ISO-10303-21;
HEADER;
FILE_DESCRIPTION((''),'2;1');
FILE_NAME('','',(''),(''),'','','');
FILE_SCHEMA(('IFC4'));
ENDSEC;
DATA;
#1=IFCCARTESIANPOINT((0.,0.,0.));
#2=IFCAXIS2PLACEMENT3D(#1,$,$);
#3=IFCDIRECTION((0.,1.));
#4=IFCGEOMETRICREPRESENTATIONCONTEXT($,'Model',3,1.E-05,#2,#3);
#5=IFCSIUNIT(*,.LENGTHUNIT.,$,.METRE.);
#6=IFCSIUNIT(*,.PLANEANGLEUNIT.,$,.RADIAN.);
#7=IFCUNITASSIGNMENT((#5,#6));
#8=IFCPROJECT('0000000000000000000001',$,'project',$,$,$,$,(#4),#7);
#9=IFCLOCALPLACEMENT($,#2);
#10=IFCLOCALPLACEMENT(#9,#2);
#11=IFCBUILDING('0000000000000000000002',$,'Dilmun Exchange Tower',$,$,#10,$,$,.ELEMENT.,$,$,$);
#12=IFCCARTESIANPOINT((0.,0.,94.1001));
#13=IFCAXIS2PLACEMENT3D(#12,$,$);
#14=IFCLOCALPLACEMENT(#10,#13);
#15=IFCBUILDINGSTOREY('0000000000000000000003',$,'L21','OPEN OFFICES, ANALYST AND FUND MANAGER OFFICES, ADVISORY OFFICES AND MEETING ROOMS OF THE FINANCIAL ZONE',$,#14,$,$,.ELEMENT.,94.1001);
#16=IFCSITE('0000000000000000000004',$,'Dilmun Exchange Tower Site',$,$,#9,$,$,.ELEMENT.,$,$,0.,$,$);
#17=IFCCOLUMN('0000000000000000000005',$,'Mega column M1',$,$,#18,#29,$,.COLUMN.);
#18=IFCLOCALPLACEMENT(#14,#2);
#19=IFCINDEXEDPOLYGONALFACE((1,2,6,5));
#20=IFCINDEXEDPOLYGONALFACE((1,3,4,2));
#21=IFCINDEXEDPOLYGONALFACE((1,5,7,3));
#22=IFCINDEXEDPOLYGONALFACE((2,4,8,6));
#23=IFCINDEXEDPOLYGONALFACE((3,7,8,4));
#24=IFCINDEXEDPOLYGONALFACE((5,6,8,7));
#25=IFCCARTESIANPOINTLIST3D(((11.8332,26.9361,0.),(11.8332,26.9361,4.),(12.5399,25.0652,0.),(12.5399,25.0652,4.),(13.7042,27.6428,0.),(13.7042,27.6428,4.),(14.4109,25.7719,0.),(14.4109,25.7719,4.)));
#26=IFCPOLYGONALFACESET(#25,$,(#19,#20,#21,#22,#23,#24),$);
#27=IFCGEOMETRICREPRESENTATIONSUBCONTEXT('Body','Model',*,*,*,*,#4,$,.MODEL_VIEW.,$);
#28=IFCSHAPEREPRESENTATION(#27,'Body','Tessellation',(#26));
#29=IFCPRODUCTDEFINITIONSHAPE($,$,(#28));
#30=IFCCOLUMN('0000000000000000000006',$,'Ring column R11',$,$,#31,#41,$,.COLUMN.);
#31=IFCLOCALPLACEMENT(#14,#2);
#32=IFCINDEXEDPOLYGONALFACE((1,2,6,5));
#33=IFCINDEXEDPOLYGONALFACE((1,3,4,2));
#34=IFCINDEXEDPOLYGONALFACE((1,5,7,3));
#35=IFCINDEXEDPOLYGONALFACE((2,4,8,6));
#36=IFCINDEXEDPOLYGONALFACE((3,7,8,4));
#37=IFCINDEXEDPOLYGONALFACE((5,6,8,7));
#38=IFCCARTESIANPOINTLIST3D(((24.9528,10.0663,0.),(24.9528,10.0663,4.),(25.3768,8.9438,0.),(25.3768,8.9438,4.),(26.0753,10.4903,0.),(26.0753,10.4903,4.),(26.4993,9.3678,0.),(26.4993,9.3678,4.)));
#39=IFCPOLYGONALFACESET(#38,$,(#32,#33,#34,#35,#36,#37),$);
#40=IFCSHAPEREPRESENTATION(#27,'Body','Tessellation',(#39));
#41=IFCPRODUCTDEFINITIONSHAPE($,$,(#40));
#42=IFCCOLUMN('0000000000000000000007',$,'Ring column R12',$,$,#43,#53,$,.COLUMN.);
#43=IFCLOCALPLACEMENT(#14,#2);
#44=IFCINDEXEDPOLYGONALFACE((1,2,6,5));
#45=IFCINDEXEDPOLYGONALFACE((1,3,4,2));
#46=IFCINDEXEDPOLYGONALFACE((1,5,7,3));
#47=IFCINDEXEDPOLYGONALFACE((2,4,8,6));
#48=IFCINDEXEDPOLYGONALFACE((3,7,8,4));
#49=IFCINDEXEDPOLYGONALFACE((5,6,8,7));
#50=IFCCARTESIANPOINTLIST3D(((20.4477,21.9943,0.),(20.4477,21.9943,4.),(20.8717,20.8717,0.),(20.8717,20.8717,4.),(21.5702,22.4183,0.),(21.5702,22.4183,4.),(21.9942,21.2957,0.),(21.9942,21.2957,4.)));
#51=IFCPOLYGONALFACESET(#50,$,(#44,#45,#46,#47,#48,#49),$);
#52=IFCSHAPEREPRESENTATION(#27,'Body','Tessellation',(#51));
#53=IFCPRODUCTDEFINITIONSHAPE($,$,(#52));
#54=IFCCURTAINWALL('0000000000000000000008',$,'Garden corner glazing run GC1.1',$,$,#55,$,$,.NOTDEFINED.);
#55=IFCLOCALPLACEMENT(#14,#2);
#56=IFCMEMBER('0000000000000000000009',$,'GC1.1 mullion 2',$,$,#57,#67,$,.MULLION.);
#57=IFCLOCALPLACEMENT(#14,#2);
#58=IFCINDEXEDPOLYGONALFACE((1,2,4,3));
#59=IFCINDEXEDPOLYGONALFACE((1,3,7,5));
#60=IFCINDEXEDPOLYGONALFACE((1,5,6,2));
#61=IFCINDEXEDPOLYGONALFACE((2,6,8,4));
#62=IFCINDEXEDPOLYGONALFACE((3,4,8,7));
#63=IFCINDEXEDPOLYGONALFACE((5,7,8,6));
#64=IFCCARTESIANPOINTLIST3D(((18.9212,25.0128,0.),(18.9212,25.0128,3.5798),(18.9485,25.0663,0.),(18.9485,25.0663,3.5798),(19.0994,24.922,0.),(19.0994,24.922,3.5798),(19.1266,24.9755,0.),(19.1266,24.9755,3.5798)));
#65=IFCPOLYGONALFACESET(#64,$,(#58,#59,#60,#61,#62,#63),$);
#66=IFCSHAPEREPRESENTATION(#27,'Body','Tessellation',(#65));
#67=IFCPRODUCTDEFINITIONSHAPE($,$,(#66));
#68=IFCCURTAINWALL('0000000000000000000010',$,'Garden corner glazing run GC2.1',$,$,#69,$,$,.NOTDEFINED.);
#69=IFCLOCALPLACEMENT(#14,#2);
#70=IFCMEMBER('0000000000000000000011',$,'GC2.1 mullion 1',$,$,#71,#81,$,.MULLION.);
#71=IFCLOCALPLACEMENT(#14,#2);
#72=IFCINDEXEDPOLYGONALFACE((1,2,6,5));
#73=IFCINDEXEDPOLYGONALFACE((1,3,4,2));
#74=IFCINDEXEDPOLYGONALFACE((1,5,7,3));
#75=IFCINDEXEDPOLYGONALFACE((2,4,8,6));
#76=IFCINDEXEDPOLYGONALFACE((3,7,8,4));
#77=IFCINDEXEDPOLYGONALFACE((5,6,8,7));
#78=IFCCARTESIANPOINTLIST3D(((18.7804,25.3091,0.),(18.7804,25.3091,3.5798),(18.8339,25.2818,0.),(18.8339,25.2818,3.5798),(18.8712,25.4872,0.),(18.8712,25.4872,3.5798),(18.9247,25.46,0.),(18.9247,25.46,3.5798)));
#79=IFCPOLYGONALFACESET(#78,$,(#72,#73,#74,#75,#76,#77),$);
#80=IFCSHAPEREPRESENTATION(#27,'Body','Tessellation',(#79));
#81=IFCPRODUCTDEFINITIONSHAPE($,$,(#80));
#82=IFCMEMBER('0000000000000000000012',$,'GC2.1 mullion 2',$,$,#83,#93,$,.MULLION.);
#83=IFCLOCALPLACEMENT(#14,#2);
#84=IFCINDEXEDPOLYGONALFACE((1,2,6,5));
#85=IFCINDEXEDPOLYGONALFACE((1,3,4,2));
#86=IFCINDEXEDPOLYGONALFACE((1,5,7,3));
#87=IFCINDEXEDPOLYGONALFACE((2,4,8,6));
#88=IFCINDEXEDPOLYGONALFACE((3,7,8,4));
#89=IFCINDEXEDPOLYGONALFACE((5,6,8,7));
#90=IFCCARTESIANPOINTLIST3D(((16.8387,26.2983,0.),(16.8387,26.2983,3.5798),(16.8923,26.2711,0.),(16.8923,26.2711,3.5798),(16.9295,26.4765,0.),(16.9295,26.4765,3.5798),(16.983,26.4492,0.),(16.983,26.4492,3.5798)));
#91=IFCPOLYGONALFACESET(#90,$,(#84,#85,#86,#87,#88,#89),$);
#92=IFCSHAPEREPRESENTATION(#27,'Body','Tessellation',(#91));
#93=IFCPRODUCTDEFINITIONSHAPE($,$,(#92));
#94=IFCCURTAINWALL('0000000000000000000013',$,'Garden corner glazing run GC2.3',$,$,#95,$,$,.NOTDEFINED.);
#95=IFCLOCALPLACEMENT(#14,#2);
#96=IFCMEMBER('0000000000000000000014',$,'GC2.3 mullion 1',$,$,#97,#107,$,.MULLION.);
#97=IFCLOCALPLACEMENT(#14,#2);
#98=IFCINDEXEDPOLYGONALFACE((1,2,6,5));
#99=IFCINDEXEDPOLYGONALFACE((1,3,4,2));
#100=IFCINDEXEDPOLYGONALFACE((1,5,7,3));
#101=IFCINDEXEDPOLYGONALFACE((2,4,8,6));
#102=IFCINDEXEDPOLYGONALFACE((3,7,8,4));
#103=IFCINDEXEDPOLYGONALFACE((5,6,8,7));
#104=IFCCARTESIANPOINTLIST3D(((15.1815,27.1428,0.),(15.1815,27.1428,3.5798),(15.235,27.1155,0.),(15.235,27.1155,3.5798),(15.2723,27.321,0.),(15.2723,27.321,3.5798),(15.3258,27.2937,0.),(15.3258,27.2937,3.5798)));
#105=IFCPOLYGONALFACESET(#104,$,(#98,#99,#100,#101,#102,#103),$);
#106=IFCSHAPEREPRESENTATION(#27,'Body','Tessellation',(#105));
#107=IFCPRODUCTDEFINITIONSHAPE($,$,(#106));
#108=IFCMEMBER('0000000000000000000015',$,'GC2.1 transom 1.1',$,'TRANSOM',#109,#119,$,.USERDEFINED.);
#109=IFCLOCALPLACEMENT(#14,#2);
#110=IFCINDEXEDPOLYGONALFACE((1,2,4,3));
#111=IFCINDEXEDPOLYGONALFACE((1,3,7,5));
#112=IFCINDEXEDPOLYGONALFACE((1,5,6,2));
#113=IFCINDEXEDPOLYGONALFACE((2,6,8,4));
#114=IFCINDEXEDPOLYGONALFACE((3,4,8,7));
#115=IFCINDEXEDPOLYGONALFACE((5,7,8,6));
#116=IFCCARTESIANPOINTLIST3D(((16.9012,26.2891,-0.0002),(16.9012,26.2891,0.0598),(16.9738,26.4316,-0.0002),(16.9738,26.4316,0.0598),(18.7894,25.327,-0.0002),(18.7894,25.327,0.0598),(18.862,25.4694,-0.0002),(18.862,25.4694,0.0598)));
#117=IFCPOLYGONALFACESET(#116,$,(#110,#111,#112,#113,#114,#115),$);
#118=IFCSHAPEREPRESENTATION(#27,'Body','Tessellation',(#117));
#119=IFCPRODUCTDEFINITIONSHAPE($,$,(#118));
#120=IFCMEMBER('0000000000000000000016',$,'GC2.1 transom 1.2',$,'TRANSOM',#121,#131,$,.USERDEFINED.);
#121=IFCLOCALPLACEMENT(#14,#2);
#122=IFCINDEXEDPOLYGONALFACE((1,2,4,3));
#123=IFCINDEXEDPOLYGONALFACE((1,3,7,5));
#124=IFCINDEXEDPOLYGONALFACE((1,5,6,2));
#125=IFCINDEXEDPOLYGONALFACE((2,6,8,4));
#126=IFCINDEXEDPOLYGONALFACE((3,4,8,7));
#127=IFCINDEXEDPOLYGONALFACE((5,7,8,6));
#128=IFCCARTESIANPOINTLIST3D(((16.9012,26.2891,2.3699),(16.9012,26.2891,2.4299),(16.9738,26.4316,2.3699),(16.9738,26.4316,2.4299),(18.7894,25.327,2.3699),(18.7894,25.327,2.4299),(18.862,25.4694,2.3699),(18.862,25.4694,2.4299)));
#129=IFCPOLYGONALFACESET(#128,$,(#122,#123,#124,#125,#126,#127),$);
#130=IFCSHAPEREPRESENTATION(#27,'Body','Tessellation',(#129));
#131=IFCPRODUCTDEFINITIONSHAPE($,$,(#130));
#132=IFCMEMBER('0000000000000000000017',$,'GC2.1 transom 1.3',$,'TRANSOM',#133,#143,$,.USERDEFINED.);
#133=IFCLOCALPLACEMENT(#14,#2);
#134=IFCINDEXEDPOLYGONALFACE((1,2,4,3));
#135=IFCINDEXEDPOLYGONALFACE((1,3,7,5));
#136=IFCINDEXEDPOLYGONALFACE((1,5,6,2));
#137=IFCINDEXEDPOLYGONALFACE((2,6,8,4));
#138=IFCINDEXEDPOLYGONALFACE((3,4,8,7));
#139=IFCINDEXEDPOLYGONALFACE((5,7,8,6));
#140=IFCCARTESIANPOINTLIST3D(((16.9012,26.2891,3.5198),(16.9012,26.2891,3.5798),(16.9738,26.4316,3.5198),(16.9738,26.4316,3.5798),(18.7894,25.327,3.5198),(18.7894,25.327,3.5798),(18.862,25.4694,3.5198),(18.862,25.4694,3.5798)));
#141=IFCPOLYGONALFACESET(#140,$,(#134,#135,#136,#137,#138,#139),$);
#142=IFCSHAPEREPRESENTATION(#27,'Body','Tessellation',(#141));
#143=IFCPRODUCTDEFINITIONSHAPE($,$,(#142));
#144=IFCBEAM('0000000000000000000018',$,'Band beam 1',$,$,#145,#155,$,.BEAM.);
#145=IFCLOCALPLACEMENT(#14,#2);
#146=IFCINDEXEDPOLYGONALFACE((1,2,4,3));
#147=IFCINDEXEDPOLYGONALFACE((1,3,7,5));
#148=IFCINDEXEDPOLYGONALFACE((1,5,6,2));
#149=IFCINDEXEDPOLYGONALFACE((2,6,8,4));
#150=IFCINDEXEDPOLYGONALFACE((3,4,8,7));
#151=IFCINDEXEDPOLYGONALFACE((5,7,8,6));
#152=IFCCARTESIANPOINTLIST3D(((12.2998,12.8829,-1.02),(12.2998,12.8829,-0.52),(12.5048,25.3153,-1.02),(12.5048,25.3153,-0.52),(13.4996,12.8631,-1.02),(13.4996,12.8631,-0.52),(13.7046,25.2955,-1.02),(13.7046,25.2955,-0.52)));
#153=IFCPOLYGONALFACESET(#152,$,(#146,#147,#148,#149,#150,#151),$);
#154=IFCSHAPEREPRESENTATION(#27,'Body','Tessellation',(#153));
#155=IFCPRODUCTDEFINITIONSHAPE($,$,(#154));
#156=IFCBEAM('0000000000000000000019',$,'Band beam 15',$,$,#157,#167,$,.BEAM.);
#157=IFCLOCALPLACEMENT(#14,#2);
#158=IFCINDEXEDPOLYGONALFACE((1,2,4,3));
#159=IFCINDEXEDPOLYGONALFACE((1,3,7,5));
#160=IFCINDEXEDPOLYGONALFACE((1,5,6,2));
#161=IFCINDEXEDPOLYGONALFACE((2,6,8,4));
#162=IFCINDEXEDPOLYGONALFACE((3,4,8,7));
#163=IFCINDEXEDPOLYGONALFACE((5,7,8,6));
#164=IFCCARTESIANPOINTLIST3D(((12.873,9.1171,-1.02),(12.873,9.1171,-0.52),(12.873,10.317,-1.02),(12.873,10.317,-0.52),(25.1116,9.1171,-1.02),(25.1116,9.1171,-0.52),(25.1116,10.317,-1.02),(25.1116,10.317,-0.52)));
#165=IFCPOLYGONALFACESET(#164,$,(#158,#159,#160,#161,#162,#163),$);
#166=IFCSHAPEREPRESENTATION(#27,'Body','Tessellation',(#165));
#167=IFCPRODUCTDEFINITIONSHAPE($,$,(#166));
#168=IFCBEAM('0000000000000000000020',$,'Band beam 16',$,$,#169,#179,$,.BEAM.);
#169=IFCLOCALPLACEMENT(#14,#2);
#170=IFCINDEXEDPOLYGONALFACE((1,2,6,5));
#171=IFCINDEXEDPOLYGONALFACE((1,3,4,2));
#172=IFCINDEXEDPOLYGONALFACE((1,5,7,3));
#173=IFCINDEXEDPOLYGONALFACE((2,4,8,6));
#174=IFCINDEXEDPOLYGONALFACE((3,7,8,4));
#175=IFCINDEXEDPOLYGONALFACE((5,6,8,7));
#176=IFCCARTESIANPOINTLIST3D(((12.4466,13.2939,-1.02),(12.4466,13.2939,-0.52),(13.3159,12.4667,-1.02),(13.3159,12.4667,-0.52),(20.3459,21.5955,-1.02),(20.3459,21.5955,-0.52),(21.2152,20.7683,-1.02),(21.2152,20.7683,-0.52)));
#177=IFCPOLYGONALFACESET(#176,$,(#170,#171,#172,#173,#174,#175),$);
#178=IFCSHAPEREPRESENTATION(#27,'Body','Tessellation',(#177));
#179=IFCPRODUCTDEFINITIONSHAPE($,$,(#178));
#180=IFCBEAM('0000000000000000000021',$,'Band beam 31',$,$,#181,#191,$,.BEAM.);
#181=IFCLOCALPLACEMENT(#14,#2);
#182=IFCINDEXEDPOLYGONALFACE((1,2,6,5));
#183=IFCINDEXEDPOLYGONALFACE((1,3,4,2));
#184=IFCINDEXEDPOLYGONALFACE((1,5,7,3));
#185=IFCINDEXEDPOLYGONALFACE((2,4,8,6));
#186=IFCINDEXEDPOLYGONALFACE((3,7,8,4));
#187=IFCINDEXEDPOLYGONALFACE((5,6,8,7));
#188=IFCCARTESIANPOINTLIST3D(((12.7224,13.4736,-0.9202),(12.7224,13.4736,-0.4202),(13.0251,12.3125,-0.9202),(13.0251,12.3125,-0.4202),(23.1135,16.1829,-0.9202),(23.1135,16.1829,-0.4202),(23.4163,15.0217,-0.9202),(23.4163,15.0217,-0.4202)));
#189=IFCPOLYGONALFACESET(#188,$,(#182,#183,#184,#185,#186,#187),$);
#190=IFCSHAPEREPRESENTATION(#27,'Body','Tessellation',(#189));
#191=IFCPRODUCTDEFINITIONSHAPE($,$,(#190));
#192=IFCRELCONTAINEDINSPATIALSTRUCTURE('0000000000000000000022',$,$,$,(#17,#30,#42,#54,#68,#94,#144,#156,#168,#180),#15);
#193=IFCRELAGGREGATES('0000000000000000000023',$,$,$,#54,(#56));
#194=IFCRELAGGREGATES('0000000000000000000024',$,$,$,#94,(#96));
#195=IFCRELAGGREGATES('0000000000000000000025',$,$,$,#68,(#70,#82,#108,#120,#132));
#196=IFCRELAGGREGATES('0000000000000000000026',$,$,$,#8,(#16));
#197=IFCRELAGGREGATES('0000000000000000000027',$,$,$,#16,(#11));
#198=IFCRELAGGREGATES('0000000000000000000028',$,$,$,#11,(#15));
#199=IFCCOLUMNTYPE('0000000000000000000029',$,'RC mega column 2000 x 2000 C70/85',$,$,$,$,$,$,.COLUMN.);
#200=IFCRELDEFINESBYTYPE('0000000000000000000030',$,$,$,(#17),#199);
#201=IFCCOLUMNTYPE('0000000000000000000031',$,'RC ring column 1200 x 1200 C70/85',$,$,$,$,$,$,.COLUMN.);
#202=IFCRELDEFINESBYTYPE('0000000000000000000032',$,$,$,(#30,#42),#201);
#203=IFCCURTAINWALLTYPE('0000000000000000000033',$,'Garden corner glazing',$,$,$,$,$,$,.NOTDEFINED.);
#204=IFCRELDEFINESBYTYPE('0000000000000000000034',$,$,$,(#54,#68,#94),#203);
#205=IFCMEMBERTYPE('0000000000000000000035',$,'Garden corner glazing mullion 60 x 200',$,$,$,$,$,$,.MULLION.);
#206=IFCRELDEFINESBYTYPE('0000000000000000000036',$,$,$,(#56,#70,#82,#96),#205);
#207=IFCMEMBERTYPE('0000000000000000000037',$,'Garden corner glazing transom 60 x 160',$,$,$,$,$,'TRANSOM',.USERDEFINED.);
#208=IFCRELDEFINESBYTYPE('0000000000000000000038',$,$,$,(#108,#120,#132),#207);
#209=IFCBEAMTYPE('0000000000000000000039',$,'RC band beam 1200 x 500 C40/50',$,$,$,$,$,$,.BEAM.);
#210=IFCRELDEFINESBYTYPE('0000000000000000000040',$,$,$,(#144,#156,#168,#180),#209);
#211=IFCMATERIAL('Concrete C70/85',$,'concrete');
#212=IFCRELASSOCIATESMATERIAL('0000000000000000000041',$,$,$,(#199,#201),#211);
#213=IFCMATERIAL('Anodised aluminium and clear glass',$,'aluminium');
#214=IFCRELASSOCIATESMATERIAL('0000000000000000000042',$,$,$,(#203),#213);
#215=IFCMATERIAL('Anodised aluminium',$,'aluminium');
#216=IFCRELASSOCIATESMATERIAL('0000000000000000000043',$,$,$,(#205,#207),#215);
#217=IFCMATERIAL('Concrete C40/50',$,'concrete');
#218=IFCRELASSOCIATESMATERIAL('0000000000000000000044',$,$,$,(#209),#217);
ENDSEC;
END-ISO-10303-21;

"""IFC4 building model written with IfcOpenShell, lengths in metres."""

from ifc_helpers import new_model, si_unit, direction, frame, origin, origin_2d, place, context, subcontext, project, spatial, rectangle, extrude, material, material_profile, profile_set, type_object, element, aggregate, save


model = new_model("IFC4")

# Units and contexts
model_context = context("Model", 3, precision=1e-05, world=origin(), true_north=direction((0.0, 1.0)))
body_context = subcontext(model_context, "Body", "Model", "MODEL_VIEW")
ifc_project = project(units=[si_unit("LENGTHUNIT", "METRE"), si_unit("PLANEANGLEUNIT", "RADIAN")], contexts=[model_context])

# Site, building, storey
site_placement = place(None, origin())
site = spatial("IfcSite", under=ifc_project, at=site_placement, Name="Dilmun Exchange Tower Site", CompositionType="ELEMENT", RefElevation=0.0)
building_placement = place(site_placement, origin())
building = spatial("IfcBuilding", under=site, at=building_placement, Name="Dilmun Exchange Tower", CompositionType="ELEMENT")
storey_placement = place(building_placement, frame((0.0, 0.0, 94.1001)))
storey = spatial("IfcBuildingStorey", under=building, at=storey_placement, Name="L21", Description="OPEN OFFICES, ANALYST AND FUND MANAGER OFFICES, ADVISORY OFFICES AND MEETING ROOMS OF THE FINANCIAL ZONE", CompositionType="ELEMENT", Elevation=94.1001)

# Columns
ifc_material_1 = material(Name="Concrete C70/85", Category="concrete")
ifc_material_profile_1 = material_profile(ifc_material_1, rectangle(XDim=2.0, YDim=2.0, at=origin_2d()), Name="2000 x 2000")
ifc_profile_set_1 = profile_set([ifc_material_profile_1], Name="Concrete C70/85")
column_type_1 = type_object("IfcColumnType", Name="RC mega column 2000 x 2000 C70/85", PredefinedType="COLUMN", material=ifc_profile_set_1)
column_placement = place(storey_placement, frame((13.1221, 26.354, 0.0), z_axis=(0.0, 0.0, 1.0), x_axis=(0.935492, 0.353349, 0.0)))
element("IfcColumn", 1, at=column_placement, inside=storey, type_object=column_type_1, Name="Mega column M1", PredefinedType="COLUMN", context=body_context, shape_type="SweptSolid", body=[
    extrude(rectangle(XDim=2.0, YDim=2.0, at=origin_2d()), origin(), (0.0, 0.0, 1.0), 4.0),
])
ifc_material_profile_2 = material_profile(ifc_material_1, rectangle(XDim=1.2, YDim=1.2, at=origin_2d()), Name="1200 x 1200")
ifc_profile_set_2 = profile_set([ifc_material_profile_2], Name="Concrete C70/85")
column_type_2 = type_object("IfcColumnType", Name="RC ring column 1200 x 1200 C70/85", PredefinedType="COLUMN", material=ifc_profile_set_2)
for number, where, z_axis, x_axis, name in (
    (2, (25.7261, 9.717, 0.0), (0.0, 0.0, 1.0), (0.935492, 0.353349, 0.0), "Ring column R11"),
    (3, (21.2209, 21.645, 0.0), (0.0, 0.0, 1.0), (0.935492, 0.353349, 0.0), "Ring column R12"),
):
    element("IfcColumn", number, at=place(storey_placement, frame(where, z_axis=z_axis, x_axis=x_axis)), inside=storey, type_object=column_type_2, Name=name, PredefinedType="COLUMN", context=body_context, shape_type="SweptSolid", body=[
        extrude(rectangle(XDim=1.2, YDim=1.2, at=origin_2d()), origin(), (0.0, 0.0, 1.0), 4.0),
    ])

# Curtain wall, member
ifc_material_2 = material(Name="Anodised aluminium and clear glass", Category="aluminium")
curtain_wall_type = type_object("IfcCurtainWallType", Name="Garden corner glazing", PredefinedType="NOTDEFINED", material=ifc_material_2)
curtain_wall_1_placement = place(storey_placement, origin())
curtain_wall_1 = element("IfcCurtainWall", 4, at=curtain_wall_1_placement, inside=storey, type_object=curtain_wall_type, Name="Garden corner glazing run GC1.1", PredefinedType="NOTDEFINED")
ifc_material_3 = material(Name="Anodised aluminium", Category="aluminium")
ifc_material_profile_3 = material_profile(ifc_material_3, rectangle(XDim=0.2, YDim=0.0601, at=origin_2d()), Name="AL 60x200")
ifc_profile_set_3 = profile_set([ifc_material_profile_3], Name="Anodised aluminium")
member_type_1 = type_object("IfcMemberType", Name="Garden corner glazing mullion 60 x 200", PredefinedType="MULLION", material=ifc_profile_set_3)
member_1_placement = place(storey_placement, frame((19.0239, 24.9941, 0.0), z_axis=(0.0, 0.0, 1.0), x_axis=(0.891007, -0.453989, 0.0)))
member_1 = element("IfcMember", 5, at=member_1_placement, type_object=member_type_1, Name="GC1.1 mullion 2", PredefinedType="MULLION", context=body_context, shape_type="SweptSolid", body=[
    extrude(rectangle(XDim=0.2, YDim=0.0601, at=origin_2d()), origin(), (0.0, 0.0, 1.0), 3.5798),
])
aggregate(curtain_wall_1, [member_1])

# Curtain wall, members
curtain_wall_2_placement = place(storey_placement, origin())
curtain_wall_2 = element("IfcCurtainWall", 6, at=curtain_wall_2_placement, inside=storey, type_object=curtain_wall_type, Name="Garden corner glazing run GC2.1", PredefinedType="NOTDEFINED")
member_2_placement = place(storey_placement, frame((18.8525, 25.3845, 0.0), z_axis=(0.0, 0.0, 1.0), x_axis=(-0.453971, -0.891016, 0.0)))
member_2 = element("IfcMember", 7, at=member_2_placement, type_object=member_type_1, Name="GC2.1 mullion 1", PredefinedType="MULLION", context=body_context, shape_type="SweptSolid", body=[
    extrude(rectangle(XDim=0.2, YDim=0.0601, at=origin_2d()), origin(), (0.0, 0.0, 1.0), 3.5798),
])
member_3_placement = place(storey_placement, frame((16.9109, 26.3738, 0.0), z_axis=(0.0, 0.0, 1.0), x_axis=(-0.453971, -0.891016, 0.0)))
member_3 = element("IfcMember", 8, at=member_3_placement, type_object=member_type_1, Name="GC2.1 mullion 2", PredefinedType="MULLION", context=body_context, shape_type="SweptSolid", body=[
    extrude(rectangle(XDim=0.2, YDim=0.0601, at=origin_2d()), origin(), (0.0, 0.0, 1.0), 3.5798),
])

# Curtain wall, member
curtain_wall_3_placement = place(storey_placement, origin())
curtain_wall_3 = element("IfcCurtainWall", 9, at=curtain_wall_3_placement, inside=storey, type_object=curtain_wall_type, Name="Garden corner glazing run GC2.3", PredefinedType="NOTDEFINED")
member_4_placement = place(storey_placement, frame((15.2537, 27.2183, 0.0), z_axis=(0.0, 0.0, 1.0), x_axis=(-0.453994, -0.891005, 0.0)))
member_4 = element("IfcMember", 10, at=member_4_placement, type_object=member_type_1, Name="GC2.3 mullion 1", PredefinedType="MULLION", context=body_context, shape_type="SweptSolid", body=[
    extrude(rectangle(XDim=0.2, YDim=0.0601, at=origin_2d()), origin(), (0.0, 0.0, 1.0), 3.5798),
])
aggregate(curtain_wall_3, [member_4])

# Members
ifc_material_profile_4 = material_profile(ifc_material_3, rectangle(XDim=0.1599, YDim=0.0601, at=origin_2d()), Name="AL 60x160")
ifc_profile_set_4 = profile_set([ifc_material_profile_4], Name="Anodised aluminium")
member_type_2 = type_object("IfcMemberType", Name="Garden corner glazing transom 60 x 160", ElementType="TRANSOM", PredefinedType="USERDEFINED", material=ifc_profile_set_4)
member_5_placement = place(storey_placement, frame((18.8257, 25.3982, 0.0298), z_axis=(-0.890991, 0.454021, 0.0), x_axis=(-0.454021, -0.890991, 0.0)))
member_5 = element("IfcMember", 11, at=member_5_placement, type_object=member_type_2, Name="GC2.1 transom 1.1", ObjectType="TRANSOM", PredefinedType="USERDEFINED", context=body_context, shape_type="SweptSolid", body=[
    extrude(rectangle(XDim=0.1599, YDim=0.0601, at=origin_2d()), origin(), (0.0, 0.0, 1.0), 2.1191),
])
member_6_placement = place(storey_placement, frame((18.8257, 25.3982, 2.3999), z_axis=(-0.890991, 0.454021, 0.0), x_axis=(-0.454021, -0.890991, 0.0)))
member_6 = element("IfcMember", 12, at=member_6_placement, type_object=member_type_2, Name="GC2.1 transom 1.2", ObjectType="TRANSOM", PredefinedType="USERDEFINED", context=body_context, shape_type="SweptSolid", body=[
    extrude(rectangle(XDim=0.1599, YDim=0.0601, at=origin_2d()), origin(), (0.0, 0.0, 1.0), 2.1191),
])
member_7_placement = place(storey_placement, frame((18.8257, 25.3982, 3.5498), z_axis=(-0.890991, 0.454021, 0.0), x_axis=(-0.454021, -0.890991, 0.0)))
member_7 = element("IfcMember", 13, at=member_7_placement, type_object=member_type_2, Name="GC2.1 transom 1.3", ObjectType="TRANSOM", PredefinedType="USERDEFINED", context=body_context, shape_type="SweptSolid", body=[
    extrude(rectangle(XDim=0.1599, YDim=0.0601, at=origin_2d()), origin(), (0.0, 0.0, 1.0), 2.1191),
])

# Beams
ifc_material_4 = material(Name="Concrete C40/50", Category="concrete")
ifc_material_profile_5 = material_profile(ifc_material_4, rectangle(XDim=1.2, YDim=0.5, at=origin_2d()), Name="1200 x 500")
ifc_profile_set_5 = profile_set([ifc_material_profile_5], Name="Concrete C40/50")
beam_type_1 = type_object("IfcBeamType", Name="RC band beam 1200 x 500 C40/50", PredefinedType="BEAM", material=ifc_profile_set_5)
beam_1_placement = place(storey_placement, frame((13.1047, 25.3054, -0.77), z_axis=(-0.016493, -0.999864, 0.0), x_axis=(0.999864, -0.016493, 0.0)))
element("IfcBeam", 14, at=beam_1_placement, inside=storey, type_object=beam_type_1, Name="Band beam 1", PredefinedType="BEAM", context=body_context, shape_type="SweptSolid", body=[
    extrude(rectangle(XDim=1.2, YDim=0.5, at=origin_2d()), origin(), (0.0, 0.0, 1.0), 12.4341),
])
beam_2_placement = place(storey_placement, frame((25.1116, 9.717, -0.77), z_axis=(-1.0, 0.0, 0.0), x_axis=(0.0, -1.0, 0.0)))
element("IfcBeam", 15, at=beam_2_placement, inside=storey, type_object=beam_type_1, Name="Band beam 15", PredefinedType="BEAM", context=body_context, shape_type="SweptSolid", body=[
    extrude(rectangle(XDim=1.2, YDim=0.5, at=origin_2d()), origin(), (0.0, 0.0, 1.0), 12.2385),
])
beam_3_placement = place(storey_placement, frame((20.7805, 21.1819, -0.77), z_axis=(-0.689333, -0.724444, 0.0), x_axis=(0.724444, -0.689333, 0.0)))
element("IfcBeam", 16, at=beam_3_placement, inside=storey, type_object=beam_type_1, Name="Band beam 16", PredefinedType="BEAM", context=body_context, shape_type="SweptSolid", body=[
    extrude(rectangle(XDim=1.2, YDim=0.5, at=origin_2d()), origin(), (0.0, 0.0, 1.0), 11.4592),
])
beam_4_placement = place(storey_placement, frame((23.2649, 15.6023, -0.6702), z_axis=(-0.967651, -0.252291, 0.0), x_axis=(0.252291, -0.967651, 0.0)))
element("IfcBeam", 17, at=beam_4_placement, inside=storey, type_object=beam_type_1, Name="Band beam 31", PredefinedType="BEAM", context=body_context, shape_type="SweptSolid", body=[
    extrude(rectangle(XDim=1.2, YDim=0.5, at=origin_2d()), origin(), (0.0, 0.0, 1.0), 10.7385),
])

aggregate(curtain_wall_2, [member_2, member_3, member_5, member_6, member_7])

save(model, "model.ifc")
